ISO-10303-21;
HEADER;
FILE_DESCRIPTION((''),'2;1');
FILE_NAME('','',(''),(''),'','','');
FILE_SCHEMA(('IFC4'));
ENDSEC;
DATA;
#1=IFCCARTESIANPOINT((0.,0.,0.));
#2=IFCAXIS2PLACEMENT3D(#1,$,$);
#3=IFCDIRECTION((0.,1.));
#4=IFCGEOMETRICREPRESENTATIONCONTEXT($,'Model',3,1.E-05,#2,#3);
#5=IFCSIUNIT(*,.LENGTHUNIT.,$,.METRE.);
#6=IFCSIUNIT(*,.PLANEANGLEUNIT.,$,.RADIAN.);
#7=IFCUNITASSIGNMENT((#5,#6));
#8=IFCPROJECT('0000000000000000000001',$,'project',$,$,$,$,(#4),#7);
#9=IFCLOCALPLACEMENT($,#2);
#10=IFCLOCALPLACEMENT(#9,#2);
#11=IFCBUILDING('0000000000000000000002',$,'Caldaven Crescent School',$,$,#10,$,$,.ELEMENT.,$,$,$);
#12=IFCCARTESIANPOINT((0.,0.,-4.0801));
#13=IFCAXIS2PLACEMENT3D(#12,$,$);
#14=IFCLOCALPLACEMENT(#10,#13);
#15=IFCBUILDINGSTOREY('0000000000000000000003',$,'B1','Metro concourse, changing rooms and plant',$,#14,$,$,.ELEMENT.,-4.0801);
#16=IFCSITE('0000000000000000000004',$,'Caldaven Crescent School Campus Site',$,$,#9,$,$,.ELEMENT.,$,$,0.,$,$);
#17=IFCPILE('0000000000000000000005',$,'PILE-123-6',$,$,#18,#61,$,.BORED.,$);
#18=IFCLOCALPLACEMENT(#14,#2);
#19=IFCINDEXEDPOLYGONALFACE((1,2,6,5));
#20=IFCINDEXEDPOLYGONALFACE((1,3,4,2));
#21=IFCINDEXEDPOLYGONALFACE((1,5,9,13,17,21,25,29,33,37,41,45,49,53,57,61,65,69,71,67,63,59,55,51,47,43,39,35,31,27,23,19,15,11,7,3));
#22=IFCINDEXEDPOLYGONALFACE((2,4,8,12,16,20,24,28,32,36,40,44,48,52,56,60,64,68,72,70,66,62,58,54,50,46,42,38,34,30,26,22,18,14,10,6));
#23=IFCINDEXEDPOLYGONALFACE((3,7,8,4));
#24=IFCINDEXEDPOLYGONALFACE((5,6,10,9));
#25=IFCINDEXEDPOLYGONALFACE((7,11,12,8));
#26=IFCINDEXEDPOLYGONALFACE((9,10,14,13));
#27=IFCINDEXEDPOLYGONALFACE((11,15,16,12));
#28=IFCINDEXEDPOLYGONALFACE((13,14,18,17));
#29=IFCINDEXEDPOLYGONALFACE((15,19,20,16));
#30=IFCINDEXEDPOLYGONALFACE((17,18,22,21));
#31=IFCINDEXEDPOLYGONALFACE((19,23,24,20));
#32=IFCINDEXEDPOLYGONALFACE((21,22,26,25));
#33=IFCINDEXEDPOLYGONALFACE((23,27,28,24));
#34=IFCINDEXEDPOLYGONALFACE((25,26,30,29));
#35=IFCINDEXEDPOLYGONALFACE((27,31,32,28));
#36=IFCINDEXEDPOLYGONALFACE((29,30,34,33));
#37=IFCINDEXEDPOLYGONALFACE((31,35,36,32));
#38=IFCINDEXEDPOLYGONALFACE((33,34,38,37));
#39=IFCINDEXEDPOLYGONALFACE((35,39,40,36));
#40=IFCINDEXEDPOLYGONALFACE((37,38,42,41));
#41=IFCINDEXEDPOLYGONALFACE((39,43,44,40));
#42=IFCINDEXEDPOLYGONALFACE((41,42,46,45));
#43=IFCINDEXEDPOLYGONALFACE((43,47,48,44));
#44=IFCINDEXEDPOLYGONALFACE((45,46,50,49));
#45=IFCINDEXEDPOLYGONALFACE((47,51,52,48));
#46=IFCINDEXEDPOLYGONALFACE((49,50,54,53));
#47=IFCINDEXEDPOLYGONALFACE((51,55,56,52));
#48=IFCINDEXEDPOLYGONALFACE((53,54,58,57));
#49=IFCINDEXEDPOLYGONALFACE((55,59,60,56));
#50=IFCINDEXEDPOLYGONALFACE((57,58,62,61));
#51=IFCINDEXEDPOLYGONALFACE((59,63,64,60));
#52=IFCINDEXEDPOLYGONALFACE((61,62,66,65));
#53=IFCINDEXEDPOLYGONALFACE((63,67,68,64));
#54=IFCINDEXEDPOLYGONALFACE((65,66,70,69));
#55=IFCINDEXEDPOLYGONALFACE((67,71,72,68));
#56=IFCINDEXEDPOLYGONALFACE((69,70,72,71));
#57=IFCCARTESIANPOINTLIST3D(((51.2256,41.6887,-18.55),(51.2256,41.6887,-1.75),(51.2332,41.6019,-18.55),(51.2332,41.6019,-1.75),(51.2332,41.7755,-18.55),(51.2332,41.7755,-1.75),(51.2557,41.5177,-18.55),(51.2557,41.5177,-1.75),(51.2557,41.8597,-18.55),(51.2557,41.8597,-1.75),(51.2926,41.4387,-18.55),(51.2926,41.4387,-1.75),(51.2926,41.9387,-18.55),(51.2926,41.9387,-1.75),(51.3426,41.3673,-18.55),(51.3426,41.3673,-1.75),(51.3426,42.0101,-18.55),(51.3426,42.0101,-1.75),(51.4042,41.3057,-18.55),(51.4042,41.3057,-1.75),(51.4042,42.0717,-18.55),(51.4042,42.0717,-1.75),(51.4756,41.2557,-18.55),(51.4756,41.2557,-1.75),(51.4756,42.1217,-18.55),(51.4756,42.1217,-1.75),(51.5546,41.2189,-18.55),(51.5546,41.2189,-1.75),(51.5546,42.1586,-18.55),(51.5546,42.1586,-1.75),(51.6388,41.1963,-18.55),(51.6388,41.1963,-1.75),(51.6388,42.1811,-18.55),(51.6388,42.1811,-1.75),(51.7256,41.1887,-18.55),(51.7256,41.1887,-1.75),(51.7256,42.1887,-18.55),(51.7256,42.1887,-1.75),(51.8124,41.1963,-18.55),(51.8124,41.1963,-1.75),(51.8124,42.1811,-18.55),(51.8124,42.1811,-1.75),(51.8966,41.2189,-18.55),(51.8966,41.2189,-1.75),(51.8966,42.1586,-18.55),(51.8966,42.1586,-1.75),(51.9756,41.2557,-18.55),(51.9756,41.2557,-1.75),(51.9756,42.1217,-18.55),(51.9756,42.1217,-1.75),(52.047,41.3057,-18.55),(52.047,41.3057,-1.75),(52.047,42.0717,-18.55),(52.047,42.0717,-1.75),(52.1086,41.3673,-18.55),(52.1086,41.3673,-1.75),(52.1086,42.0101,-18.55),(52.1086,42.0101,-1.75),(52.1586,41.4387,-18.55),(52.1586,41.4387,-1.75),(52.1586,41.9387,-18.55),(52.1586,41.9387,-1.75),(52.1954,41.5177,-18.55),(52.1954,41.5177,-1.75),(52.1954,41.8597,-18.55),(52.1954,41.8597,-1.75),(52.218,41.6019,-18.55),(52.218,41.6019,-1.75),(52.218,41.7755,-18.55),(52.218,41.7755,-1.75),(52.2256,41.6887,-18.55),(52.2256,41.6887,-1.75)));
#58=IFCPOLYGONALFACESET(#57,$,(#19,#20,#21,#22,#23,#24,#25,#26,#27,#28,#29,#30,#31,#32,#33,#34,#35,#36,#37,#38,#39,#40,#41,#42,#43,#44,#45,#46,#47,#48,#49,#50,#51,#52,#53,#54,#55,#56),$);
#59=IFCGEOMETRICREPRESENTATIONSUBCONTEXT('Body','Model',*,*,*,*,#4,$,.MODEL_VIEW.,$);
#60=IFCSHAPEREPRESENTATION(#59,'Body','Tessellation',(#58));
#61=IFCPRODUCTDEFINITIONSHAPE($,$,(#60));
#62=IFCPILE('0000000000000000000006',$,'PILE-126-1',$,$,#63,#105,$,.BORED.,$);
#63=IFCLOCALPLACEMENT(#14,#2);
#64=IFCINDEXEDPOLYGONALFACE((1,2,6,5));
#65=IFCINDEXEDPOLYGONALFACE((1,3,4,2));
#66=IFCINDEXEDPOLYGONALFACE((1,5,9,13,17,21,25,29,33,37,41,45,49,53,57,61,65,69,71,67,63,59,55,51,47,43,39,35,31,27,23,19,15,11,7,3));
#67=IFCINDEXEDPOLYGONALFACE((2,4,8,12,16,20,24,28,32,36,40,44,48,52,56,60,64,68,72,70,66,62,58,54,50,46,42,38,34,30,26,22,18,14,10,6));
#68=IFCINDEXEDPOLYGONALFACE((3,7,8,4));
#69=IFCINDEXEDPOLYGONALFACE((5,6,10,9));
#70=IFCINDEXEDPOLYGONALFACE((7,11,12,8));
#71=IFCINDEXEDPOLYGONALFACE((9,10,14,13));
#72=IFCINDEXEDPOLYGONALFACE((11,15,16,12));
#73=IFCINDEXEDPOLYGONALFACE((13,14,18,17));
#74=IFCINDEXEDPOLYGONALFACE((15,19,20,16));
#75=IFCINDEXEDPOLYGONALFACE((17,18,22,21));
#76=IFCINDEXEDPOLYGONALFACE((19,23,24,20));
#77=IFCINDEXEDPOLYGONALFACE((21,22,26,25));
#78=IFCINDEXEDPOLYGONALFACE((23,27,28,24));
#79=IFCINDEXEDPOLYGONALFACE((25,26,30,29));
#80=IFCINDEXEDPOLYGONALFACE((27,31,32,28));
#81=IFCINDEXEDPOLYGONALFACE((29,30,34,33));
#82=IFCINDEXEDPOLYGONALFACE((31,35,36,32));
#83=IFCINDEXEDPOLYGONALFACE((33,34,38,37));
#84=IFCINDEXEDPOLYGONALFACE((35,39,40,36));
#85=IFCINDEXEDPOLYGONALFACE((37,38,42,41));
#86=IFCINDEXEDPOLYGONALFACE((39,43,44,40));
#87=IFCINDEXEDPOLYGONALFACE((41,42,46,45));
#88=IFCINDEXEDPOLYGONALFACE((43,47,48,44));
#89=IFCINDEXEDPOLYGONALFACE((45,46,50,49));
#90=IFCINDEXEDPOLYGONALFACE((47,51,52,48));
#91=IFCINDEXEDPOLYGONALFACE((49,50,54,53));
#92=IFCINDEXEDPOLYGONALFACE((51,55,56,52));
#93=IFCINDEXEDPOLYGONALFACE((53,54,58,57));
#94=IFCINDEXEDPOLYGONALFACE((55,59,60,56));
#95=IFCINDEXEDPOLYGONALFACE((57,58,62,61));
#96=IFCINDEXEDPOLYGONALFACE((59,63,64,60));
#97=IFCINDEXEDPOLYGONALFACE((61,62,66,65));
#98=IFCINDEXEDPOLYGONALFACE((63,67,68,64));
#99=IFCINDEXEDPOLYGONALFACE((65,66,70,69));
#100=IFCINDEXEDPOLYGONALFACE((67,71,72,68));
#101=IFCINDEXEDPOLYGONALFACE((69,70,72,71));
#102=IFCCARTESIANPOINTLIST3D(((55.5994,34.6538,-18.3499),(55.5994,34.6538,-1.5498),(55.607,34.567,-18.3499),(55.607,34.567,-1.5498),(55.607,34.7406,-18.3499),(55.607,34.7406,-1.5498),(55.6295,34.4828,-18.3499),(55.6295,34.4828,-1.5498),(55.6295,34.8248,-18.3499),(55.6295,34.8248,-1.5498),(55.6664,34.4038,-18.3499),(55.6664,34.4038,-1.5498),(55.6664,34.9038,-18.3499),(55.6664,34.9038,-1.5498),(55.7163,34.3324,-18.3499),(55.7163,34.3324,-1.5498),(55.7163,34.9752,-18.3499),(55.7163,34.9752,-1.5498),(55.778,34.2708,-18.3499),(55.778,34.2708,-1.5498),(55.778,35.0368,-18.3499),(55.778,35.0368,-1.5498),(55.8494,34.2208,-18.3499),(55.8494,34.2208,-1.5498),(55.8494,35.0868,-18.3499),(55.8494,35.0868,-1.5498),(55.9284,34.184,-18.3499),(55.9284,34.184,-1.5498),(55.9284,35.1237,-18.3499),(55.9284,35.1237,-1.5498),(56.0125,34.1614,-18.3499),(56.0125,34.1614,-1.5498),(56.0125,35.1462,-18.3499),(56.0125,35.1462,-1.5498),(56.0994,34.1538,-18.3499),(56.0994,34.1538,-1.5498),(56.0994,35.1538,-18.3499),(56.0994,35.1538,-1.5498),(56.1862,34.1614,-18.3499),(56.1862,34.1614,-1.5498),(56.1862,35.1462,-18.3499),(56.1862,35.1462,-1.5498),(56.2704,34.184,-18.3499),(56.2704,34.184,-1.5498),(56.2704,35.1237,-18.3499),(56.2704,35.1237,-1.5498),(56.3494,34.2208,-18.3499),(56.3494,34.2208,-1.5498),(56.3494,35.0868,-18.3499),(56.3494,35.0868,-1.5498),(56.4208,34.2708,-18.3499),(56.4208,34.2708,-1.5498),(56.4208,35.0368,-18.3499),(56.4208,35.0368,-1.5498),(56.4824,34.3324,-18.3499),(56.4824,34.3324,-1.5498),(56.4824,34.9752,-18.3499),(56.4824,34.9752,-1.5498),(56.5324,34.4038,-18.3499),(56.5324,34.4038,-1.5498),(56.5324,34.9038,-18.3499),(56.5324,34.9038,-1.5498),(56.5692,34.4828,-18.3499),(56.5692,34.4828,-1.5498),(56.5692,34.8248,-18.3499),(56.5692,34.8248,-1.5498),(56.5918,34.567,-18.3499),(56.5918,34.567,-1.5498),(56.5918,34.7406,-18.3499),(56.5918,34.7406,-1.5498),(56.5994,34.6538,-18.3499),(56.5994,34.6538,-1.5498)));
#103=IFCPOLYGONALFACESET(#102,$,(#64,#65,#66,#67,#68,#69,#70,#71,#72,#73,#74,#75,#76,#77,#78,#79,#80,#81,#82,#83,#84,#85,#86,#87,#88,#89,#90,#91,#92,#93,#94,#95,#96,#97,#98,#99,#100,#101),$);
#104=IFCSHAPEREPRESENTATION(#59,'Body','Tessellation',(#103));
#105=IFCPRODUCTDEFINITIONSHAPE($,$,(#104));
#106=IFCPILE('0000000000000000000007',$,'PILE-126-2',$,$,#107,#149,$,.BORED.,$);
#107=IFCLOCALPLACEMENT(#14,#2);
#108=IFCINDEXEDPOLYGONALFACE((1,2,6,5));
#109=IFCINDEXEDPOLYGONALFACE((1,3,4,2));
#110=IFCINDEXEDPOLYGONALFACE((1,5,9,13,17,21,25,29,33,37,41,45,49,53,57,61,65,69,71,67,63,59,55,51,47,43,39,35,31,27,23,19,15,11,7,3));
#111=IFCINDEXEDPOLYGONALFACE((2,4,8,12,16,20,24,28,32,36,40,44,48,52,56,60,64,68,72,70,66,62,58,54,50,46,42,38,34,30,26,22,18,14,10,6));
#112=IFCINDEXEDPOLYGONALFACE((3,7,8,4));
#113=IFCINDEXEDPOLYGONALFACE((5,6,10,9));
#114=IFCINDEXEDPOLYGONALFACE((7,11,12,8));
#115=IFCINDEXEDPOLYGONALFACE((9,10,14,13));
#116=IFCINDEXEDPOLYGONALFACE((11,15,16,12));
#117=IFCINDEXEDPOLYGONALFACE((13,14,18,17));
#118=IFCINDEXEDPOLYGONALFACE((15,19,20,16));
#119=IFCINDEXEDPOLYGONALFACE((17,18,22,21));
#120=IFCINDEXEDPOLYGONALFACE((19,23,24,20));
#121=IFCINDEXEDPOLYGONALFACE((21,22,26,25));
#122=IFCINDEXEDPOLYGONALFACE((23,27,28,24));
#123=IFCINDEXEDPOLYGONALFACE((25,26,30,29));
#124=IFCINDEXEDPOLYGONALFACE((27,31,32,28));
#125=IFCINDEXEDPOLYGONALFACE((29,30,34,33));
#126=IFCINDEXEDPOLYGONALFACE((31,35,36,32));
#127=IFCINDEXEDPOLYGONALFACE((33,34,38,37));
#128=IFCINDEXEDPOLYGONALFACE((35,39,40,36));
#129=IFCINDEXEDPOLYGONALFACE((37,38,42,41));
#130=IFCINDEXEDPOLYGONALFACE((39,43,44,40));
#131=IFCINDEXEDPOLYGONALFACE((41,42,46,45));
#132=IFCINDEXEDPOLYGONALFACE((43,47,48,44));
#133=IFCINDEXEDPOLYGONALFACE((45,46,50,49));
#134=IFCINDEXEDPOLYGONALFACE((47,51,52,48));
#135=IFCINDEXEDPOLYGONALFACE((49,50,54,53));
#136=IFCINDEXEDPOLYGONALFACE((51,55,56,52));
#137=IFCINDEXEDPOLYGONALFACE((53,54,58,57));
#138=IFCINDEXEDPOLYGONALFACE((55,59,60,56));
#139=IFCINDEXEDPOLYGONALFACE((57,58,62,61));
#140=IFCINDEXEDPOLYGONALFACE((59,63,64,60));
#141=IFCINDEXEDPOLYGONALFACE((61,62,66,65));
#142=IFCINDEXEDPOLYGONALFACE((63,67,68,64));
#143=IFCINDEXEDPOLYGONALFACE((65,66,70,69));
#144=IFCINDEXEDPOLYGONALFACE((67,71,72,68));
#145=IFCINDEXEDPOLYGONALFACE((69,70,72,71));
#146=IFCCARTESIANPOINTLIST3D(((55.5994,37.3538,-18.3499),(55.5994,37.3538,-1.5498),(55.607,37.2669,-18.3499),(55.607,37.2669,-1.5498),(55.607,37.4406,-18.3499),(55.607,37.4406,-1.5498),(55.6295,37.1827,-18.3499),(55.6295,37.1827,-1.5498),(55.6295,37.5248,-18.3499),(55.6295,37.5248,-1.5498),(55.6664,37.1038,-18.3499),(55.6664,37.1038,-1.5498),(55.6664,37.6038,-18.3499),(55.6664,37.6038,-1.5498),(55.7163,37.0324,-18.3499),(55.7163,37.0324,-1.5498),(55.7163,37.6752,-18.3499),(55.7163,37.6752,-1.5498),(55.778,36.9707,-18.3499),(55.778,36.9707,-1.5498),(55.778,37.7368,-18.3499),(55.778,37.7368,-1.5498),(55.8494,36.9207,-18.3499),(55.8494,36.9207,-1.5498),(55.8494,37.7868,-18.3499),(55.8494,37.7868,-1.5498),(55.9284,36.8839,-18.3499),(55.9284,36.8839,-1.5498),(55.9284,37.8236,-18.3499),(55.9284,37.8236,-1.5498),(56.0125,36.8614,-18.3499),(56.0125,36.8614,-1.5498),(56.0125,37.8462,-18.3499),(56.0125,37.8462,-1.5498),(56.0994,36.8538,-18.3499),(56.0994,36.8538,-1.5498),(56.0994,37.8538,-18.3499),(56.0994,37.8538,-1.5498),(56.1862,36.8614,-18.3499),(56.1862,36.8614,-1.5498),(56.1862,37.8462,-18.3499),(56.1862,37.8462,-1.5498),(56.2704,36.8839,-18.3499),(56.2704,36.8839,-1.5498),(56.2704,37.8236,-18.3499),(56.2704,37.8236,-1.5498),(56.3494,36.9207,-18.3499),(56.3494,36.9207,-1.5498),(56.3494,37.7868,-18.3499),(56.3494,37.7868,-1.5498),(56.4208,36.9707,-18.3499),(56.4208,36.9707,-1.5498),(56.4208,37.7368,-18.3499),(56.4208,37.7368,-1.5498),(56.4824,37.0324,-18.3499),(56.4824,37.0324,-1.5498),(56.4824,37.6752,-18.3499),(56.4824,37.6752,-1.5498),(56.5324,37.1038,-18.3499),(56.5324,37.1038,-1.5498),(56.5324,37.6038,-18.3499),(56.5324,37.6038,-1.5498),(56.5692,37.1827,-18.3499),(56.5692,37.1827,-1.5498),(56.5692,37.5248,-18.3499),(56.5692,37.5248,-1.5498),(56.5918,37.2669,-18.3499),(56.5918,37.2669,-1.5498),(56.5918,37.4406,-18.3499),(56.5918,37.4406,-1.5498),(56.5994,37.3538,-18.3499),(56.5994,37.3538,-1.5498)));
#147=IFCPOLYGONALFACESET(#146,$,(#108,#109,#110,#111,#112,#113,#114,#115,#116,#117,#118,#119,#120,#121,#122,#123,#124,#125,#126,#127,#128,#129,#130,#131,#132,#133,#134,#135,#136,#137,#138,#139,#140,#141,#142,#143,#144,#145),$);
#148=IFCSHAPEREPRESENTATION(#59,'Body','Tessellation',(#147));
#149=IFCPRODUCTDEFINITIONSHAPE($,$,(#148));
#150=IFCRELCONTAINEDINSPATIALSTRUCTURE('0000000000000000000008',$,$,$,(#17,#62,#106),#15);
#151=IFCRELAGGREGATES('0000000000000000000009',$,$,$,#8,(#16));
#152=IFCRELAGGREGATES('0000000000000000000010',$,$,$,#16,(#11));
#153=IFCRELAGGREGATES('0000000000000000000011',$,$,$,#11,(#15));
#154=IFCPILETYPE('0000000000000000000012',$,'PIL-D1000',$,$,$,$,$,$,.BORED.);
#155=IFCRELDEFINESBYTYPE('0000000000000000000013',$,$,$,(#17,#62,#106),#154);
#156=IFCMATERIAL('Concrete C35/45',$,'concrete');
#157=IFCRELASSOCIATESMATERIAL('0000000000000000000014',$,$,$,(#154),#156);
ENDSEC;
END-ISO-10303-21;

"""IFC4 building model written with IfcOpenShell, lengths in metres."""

from ifc_helpers import new_model, si_unit, direction, frame, origin, origin_2d, place, context, subcontext, project, spatial, circle, extrude, material, material_profile, profile_set, type_object, element, save


model = new_model("IFC4")

# Units and contexts
model_context = context("Model", 3, precision=1e-05, world=origin(), true_north=direction((0.0, 1.0)))
body_context = subcontext(model_context, "Body", "Model", "MODEL_VIEW")
ifc_project = project(units=[si_unit("LENGTHUNIT", "METRE"), si_unit("PLANEANGLEUNIT", "RADIAN")], contexts=[model_context])

# Site, building, storey
site_placement = place(None, origin())
site = spatial("IfcSite", under=ifc_project, at=site_placement, Name="Caldaven Crescent School Campus Site", CompositionType="ELEMENT", RefElevation=0.0)
building_placement = place(site_placement, origin())
building = spatial("IfcBuilding", under=site, at=building_placement, Name="Caldaven Crescent School", CompositionType="ELEMENT")
storey_placement = place(building_placement, frame((0.0, 0.0, -4.0801)))
storey = spatial("IfcBuildingStorey", under=building, at=storey_placement, Name="B1", Description="Metro concourse, changing rooms and plant", CompositionType="ELEMENT", Elevation=-4.0801)

# Shared definitions
ifc_material_1 = material(Name="Concrete C35/45", Category="concrete")

# Piles
ifc_material_profile_1 = material_profile(ifc_material_1, circle(Radius=0.5, at=origin_2d()), Name="PILE D1000")
ifc_profile_set_1 = profile_set([ifc_material_profile_1], Name="Concrete C35/45")
pile_type = type_object("IfcPileType", Name="PIL-D1000", PredefinedType="BORED", material=ifc_profile_set_1)
for number, where, z_axis, x_axis, name in (
    (1, (51.7256, 41.6887, -1.75), (0.0, 0.0, -1.0), (1.0, 0.0, 0.0), "PILE-123-6"),
    (2, (56.0994, 34.6538, -1.5498), (0.0, 0.0, -1.0), (1.0, 0.0, 0.0), "PILE-126-1"),
    (3, (56.0994, 37.3538, -1.5498), (0.0, 0.0, -1.0), (1.0, 0.0, 0.0), "PILE-126-2"),
):
    element("IfcPile", number, at=place(storey_placement, frame(where, z_axis=z_axis, x_axis=x_axis)), inside=storey, type_object=pile_type, Name=name, PredefinedType="BORED", context=body_context, shape_type="SweptSolid", body=[
        extrude(circle(Radius=0.5, at=origin_2d()), origin(), (0.0, 0.0, 1.0), 16.8),
    ])

save(model, "model.ifc")
